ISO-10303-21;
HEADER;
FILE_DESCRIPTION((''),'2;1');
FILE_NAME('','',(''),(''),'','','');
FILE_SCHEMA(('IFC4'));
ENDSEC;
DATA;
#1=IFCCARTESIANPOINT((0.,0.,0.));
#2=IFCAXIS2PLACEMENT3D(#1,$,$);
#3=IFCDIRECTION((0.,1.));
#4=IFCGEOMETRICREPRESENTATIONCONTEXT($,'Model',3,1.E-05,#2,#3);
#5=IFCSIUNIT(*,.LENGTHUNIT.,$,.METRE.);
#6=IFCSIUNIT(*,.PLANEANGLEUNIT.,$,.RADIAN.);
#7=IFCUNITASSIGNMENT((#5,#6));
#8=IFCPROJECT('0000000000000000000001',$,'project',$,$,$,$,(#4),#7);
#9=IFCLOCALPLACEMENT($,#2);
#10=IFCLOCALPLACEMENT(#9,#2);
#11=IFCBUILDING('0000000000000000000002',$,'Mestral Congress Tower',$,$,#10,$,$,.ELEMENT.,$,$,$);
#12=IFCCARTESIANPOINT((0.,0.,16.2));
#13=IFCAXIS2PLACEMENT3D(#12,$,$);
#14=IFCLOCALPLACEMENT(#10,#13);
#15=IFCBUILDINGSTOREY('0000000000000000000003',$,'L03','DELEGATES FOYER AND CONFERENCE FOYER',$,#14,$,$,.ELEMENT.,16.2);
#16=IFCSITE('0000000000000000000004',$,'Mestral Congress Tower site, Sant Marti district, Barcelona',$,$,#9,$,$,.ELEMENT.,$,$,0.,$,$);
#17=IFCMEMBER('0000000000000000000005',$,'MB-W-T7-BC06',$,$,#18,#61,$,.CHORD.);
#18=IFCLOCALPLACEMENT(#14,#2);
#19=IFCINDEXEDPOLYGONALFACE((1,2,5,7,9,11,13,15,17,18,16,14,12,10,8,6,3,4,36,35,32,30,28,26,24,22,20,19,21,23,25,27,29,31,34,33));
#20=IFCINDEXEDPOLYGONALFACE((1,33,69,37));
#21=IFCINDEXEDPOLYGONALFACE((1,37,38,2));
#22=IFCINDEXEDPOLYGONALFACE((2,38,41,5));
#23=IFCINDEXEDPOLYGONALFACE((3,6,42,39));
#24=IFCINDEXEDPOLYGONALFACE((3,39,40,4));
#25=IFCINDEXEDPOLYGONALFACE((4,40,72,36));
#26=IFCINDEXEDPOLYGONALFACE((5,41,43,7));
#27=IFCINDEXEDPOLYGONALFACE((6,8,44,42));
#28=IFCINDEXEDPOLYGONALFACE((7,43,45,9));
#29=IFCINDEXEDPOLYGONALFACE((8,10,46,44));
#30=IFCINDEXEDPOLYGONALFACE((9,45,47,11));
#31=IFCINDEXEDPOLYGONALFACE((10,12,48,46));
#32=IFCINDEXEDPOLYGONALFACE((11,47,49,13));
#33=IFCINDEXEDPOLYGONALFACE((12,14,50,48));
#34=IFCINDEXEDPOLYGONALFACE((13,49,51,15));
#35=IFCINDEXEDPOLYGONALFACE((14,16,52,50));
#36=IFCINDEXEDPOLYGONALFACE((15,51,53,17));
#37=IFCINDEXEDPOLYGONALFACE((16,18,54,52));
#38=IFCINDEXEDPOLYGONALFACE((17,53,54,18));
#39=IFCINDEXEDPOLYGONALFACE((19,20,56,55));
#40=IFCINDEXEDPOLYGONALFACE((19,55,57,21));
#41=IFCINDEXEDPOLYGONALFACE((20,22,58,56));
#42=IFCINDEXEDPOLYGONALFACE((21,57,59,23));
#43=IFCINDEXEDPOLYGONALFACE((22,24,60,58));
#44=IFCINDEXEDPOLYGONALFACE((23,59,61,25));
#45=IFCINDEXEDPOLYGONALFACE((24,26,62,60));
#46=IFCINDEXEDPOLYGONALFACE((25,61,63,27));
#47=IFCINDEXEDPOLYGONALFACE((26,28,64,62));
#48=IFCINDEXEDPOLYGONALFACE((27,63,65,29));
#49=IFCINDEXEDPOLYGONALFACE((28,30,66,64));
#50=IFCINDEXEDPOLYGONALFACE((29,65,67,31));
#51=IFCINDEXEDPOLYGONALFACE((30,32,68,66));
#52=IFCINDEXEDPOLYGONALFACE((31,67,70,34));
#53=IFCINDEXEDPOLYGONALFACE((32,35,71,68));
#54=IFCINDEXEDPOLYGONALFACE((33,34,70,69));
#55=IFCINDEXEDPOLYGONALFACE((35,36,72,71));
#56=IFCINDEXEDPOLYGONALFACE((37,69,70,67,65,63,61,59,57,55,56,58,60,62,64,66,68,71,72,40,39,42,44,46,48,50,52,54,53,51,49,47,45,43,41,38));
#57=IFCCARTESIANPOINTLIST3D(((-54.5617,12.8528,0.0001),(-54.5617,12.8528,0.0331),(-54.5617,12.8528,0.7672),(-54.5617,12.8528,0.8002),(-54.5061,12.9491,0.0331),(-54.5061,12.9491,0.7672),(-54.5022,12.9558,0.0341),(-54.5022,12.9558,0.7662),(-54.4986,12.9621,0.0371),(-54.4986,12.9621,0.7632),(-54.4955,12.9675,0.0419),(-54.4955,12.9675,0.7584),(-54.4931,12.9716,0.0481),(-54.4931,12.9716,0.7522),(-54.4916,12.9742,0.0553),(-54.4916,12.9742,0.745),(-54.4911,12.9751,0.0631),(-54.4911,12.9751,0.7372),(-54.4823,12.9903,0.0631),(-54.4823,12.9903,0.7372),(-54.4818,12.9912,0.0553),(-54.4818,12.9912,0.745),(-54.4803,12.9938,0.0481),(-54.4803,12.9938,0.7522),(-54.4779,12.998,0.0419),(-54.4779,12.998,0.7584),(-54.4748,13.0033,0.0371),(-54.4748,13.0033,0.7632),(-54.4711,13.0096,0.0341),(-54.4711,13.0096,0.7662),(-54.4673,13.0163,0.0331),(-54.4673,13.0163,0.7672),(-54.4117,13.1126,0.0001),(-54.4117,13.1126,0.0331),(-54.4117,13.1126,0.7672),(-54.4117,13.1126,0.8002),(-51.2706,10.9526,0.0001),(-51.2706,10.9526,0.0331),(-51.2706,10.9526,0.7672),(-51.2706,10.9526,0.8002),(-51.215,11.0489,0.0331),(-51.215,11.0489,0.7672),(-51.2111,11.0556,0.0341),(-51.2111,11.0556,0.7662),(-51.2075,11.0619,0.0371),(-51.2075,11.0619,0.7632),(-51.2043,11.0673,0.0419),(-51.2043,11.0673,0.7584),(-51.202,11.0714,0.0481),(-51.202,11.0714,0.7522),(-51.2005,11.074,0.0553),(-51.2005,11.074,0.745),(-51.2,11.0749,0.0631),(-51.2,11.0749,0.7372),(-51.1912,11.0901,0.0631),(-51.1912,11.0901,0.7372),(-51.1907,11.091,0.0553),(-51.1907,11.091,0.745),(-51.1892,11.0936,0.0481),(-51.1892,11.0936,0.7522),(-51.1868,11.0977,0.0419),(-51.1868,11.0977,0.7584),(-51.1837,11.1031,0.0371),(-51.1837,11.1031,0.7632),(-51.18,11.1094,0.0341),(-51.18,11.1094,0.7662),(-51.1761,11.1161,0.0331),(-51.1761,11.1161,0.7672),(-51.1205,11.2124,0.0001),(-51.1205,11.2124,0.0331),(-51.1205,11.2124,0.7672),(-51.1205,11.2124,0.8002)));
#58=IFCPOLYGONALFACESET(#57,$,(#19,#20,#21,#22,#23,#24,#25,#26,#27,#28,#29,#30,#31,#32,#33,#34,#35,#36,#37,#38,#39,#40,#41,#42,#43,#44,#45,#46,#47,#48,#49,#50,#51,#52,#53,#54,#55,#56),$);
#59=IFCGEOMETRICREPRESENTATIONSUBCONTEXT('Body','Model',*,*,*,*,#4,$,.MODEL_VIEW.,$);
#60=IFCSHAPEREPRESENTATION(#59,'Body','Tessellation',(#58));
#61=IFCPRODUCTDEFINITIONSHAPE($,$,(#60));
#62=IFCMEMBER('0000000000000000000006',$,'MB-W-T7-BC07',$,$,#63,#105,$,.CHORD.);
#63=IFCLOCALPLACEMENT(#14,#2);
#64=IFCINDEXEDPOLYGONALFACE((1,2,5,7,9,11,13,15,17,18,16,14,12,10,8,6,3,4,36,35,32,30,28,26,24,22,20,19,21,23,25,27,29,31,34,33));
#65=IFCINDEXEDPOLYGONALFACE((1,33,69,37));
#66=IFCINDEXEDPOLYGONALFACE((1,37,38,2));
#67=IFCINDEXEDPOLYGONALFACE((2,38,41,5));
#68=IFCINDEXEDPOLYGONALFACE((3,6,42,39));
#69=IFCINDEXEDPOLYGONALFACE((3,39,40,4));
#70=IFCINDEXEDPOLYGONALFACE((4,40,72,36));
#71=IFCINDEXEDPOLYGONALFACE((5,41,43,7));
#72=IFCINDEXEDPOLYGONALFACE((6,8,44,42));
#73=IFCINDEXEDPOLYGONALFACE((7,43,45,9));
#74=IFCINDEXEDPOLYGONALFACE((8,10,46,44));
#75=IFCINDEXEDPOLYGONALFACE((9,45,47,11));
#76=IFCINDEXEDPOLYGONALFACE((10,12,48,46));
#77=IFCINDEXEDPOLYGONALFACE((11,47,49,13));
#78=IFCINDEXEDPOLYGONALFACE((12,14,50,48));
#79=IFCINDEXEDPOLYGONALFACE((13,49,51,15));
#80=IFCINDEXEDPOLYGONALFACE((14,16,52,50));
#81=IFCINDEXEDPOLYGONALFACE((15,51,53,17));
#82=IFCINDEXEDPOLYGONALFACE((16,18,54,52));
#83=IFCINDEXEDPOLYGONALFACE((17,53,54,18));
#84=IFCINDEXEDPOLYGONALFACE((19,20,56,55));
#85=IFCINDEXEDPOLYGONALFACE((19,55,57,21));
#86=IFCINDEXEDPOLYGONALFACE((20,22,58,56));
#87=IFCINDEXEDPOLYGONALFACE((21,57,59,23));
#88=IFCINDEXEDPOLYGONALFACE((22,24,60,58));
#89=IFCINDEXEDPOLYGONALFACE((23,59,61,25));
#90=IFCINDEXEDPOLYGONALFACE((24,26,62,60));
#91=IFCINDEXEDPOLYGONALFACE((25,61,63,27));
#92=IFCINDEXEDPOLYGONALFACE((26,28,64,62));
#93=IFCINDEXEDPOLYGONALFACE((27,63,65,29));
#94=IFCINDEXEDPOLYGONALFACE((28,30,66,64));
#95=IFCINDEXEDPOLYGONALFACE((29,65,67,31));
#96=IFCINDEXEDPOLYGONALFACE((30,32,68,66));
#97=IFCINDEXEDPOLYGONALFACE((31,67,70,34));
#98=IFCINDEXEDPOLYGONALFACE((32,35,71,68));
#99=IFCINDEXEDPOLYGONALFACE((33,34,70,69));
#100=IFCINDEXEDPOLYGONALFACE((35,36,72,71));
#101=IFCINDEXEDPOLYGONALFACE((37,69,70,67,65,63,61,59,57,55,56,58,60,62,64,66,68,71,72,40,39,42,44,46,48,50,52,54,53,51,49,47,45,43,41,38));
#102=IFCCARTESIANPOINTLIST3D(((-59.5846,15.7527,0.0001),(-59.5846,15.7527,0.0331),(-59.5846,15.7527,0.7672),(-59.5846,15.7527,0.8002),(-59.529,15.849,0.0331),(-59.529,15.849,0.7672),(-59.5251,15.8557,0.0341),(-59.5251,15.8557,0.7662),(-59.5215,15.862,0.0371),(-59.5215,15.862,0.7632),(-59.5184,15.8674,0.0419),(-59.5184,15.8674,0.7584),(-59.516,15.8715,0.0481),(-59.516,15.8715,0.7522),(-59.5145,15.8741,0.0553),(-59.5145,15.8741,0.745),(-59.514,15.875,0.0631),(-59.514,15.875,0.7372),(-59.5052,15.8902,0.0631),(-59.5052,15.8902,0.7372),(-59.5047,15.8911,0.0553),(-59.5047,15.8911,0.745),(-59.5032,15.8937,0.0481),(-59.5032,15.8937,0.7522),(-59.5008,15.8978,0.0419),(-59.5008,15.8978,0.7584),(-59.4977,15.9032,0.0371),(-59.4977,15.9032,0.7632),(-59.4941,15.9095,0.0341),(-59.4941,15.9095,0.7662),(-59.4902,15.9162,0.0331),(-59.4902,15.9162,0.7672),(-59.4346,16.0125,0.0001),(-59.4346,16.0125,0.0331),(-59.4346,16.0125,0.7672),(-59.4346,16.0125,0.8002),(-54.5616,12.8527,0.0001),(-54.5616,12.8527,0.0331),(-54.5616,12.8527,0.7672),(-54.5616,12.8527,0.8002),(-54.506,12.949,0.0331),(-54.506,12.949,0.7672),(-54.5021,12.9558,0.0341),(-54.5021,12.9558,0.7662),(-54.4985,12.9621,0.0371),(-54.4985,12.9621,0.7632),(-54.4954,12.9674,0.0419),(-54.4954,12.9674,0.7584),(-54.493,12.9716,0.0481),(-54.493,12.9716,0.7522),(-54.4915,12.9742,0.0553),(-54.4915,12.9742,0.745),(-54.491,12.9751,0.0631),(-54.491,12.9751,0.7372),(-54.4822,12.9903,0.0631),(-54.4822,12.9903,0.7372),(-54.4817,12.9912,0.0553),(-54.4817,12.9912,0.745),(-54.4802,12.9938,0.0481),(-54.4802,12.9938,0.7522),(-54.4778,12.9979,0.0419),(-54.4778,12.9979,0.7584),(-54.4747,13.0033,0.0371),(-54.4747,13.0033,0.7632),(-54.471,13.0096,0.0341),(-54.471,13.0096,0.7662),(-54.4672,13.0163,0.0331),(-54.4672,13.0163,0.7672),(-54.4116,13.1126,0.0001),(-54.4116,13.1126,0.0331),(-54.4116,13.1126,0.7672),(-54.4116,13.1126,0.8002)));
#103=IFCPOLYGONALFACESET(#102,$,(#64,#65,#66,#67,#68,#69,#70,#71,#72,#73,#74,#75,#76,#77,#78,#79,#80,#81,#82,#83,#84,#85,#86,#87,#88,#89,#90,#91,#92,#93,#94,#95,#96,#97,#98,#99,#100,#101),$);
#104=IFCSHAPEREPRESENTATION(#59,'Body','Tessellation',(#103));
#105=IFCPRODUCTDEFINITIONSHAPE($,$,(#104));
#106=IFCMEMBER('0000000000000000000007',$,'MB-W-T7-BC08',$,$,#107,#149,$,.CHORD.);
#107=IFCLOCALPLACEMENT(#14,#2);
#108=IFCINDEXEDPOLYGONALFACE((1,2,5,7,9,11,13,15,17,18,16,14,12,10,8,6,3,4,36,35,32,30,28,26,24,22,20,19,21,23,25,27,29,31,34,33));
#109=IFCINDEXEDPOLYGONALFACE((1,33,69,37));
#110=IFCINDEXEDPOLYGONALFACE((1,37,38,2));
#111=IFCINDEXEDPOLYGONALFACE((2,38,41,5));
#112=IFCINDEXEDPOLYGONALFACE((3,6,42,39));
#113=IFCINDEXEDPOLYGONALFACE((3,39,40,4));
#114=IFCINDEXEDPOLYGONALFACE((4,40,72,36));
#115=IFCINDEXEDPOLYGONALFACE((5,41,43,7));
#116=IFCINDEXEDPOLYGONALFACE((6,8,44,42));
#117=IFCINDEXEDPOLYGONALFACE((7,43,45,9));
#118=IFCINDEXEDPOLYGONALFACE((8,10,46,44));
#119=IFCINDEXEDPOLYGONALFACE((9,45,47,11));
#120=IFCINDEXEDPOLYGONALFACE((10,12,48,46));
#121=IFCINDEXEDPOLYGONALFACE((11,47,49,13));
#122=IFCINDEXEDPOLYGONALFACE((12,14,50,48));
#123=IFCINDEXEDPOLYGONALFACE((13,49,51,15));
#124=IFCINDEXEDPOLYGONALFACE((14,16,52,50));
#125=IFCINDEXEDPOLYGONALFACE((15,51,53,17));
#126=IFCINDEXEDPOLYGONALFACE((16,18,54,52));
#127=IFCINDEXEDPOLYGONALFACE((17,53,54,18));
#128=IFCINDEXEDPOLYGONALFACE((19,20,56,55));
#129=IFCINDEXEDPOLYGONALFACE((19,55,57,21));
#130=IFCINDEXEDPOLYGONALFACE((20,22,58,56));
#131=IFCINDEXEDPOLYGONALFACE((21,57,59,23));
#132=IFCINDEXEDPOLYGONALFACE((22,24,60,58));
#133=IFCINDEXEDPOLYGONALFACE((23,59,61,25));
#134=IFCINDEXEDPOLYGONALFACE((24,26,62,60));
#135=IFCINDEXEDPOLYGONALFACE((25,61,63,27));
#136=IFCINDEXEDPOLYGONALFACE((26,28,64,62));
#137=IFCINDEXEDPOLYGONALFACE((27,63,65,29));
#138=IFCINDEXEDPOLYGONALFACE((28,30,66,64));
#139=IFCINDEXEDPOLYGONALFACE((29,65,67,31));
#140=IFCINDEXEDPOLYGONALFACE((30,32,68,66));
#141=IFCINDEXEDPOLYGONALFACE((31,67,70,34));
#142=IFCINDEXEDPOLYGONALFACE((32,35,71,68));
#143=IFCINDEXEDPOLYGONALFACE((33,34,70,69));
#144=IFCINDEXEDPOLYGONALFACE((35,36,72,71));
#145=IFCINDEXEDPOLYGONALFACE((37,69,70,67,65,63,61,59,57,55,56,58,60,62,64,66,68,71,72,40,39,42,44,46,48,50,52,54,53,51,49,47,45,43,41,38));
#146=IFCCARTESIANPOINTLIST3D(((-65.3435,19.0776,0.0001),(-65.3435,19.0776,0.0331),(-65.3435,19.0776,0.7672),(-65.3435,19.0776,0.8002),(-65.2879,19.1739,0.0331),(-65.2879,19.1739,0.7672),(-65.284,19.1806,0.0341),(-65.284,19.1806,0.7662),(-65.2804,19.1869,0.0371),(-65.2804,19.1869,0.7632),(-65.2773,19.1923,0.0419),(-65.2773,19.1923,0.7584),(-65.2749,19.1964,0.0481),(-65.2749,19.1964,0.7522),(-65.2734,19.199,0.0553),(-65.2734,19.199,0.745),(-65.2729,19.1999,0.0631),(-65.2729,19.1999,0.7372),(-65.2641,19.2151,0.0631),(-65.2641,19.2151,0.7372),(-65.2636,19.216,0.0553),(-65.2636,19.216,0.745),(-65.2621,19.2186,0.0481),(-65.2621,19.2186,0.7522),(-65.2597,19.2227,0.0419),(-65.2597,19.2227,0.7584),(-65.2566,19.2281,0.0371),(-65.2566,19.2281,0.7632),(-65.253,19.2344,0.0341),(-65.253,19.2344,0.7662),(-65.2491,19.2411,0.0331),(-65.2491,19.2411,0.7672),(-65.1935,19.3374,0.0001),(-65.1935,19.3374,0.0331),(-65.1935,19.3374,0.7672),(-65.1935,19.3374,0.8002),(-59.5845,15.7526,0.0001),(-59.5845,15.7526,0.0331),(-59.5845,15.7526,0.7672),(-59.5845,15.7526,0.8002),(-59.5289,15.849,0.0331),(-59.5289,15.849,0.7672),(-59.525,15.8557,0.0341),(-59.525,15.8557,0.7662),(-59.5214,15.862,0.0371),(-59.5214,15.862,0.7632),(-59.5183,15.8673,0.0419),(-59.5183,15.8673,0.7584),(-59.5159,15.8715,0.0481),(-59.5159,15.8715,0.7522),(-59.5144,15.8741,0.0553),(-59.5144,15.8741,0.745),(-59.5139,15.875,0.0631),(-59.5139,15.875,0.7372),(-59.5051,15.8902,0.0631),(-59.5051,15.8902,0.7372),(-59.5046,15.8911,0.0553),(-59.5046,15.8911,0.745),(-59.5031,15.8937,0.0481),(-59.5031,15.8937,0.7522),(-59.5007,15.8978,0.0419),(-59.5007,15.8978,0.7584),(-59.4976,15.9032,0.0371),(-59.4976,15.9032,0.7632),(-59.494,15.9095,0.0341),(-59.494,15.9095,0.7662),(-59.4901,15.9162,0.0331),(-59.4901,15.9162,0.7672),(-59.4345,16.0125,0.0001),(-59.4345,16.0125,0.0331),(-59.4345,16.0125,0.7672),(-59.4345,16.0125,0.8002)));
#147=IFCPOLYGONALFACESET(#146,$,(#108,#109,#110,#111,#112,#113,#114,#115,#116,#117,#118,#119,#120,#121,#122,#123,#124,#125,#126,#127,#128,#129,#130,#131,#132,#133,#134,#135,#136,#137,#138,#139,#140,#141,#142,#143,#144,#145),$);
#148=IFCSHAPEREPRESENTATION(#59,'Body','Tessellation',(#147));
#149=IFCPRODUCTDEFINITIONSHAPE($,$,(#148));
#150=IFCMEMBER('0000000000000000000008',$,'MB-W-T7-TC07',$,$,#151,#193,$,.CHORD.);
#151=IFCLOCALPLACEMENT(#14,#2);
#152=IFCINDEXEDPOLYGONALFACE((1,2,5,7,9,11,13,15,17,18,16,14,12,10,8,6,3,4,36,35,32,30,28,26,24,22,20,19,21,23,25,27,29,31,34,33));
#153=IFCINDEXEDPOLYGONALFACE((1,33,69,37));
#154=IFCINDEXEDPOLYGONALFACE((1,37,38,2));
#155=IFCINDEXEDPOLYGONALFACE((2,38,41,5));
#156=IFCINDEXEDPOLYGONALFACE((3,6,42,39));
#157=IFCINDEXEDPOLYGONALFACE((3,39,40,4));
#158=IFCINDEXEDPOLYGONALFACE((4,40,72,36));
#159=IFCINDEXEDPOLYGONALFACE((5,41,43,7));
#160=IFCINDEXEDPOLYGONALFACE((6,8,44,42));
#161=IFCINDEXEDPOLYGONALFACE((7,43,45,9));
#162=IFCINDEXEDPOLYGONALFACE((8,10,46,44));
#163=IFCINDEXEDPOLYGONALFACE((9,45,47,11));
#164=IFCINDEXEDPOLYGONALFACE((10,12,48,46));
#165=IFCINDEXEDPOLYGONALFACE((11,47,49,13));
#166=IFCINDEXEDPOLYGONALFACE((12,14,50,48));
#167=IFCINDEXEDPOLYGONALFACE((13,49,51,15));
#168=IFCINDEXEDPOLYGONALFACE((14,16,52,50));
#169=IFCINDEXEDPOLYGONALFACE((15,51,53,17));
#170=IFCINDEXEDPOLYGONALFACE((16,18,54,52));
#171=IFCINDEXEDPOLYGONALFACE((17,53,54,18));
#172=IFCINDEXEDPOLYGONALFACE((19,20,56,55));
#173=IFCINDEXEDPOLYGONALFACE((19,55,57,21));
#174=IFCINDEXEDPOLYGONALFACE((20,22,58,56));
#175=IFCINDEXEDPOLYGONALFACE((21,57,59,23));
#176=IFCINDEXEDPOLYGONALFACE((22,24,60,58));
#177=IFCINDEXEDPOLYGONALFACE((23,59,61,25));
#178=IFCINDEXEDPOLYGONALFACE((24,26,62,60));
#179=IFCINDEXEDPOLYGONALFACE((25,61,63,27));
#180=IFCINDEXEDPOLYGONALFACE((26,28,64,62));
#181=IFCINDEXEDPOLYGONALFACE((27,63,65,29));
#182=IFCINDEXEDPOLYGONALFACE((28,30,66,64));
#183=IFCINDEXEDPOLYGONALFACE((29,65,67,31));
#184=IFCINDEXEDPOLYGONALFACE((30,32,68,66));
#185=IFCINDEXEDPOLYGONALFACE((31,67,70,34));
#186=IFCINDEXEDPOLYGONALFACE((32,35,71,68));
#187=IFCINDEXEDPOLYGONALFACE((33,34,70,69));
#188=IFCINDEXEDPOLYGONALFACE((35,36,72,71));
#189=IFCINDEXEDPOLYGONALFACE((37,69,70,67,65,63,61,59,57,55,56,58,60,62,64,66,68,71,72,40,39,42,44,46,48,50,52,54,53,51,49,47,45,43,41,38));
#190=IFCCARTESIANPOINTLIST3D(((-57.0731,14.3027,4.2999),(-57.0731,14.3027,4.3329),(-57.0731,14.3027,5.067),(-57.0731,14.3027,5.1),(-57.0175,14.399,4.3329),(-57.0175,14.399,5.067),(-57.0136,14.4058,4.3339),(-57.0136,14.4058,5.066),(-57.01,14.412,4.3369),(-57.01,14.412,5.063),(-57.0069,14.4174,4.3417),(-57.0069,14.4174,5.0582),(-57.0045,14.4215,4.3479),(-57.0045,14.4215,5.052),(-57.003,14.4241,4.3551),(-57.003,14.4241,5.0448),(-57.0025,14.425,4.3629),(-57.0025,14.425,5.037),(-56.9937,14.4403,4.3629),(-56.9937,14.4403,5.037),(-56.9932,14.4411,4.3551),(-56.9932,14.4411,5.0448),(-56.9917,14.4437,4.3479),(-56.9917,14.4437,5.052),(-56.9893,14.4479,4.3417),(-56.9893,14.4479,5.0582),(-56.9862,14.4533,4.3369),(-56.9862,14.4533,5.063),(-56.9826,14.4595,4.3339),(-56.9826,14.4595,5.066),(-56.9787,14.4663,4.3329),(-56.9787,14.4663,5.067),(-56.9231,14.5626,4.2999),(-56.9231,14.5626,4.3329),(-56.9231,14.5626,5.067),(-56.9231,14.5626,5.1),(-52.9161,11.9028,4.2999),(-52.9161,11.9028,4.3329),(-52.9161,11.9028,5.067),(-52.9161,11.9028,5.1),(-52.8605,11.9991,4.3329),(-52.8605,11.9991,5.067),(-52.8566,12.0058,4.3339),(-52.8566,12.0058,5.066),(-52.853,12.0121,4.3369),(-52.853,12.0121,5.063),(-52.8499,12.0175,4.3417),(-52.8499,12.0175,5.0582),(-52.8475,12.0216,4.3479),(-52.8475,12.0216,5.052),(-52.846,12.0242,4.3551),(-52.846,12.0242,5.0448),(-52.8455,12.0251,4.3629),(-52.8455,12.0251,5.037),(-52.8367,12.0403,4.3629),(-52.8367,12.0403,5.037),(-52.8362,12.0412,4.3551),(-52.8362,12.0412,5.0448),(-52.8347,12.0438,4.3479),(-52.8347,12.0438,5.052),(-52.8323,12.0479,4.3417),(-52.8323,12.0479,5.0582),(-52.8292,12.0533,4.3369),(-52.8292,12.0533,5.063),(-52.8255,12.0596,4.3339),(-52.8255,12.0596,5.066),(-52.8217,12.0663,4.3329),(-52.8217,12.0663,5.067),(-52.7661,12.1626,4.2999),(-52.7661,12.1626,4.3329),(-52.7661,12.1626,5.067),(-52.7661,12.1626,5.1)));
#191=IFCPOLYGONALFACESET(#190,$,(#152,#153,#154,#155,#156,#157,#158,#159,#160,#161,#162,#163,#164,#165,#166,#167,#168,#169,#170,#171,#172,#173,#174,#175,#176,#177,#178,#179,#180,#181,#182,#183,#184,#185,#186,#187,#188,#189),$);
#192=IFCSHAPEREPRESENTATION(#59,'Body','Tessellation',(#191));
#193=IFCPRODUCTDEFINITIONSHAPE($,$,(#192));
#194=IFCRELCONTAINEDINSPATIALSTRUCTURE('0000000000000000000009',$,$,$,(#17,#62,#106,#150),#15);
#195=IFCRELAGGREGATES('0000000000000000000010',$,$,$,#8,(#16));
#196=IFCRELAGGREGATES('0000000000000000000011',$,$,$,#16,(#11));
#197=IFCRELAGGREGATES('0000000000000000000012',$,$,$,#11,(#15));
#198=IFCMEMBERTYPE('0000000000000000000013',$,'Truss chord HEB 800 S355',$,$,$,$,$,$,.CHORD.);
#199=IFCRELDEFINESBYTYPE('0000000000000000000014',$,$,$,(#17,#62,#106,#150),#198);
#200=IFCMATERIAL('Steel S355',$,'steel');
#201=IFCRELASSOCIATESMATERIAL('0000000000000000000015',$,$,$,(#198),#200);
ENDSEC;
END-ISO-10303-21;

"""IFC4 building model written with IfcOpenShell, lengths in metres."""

from ifc_helpers import new_model, si_unit, direction, frame, origin, origin_2d, place, context, subcontext, project, spatial, i_section, extrude, material, material_profile, profile_set, type_object, element, save


model = new_model("IFC4")

# Units and contexts
model_context = context("Model", 3, precision=1e-05, world=origin(), true_north=direction((0.0, 1.0)))
body_context = subcontext(model_context, "Body", "Model", "MODEL_VIEW")
ifc_project = project(units=[si_unit("LENGTHUNIT", "METRE"), si_unit("PLANEANGLEUNIT", "RADIAN")], contexts=[model_context])

# Site, building, storey
site_placement = place(None, origin())
site = spatial("IfcSite", under=ifc_project, at=site_placement, Name="Mestral Congress Tower site, Sant Marti district, Barcelona", CompositionType="ELEMENT", RefElevation=0.0)
building_placement = place(site_placement, origin())
building = spatial("IfcBuilding", under=site, at=building_placement, Name="Mestral Congress Tower", CompositionType="ELEMENT")
storey_placement = place(building_placement, frame((0.0, 0.0, 16.2)))
storey = spatial("IfcBuildingStorey", under=building, at=storey_placement, Name="L03", Description="DELEGATES FOYER AND CONFERENCE FOYER", CompositionType="ELEMENT", Elevation=16.2)

# Members
ifc_material = material(Name="Steel S355", Category="steel")
ifc_material_profile_1 = material_profile(ifc_material, i_section(OverallWidth=0.3, OverallDepth=0.8, WebThickness=0.0176, FlangeThickness=0.033, FilletRadius=0.03, at=origin_2d()), Name="HEB 800")
ifc_profile_set_1 = profile_set([ifc_material_profile_1], Name="Steel S355")
member_type_1 = type_object("IfcMemberType", Name="Truss chord HEB 800 S355", PredefinedType="CHORD", material=ifc_profile_set_1)
member_1_placement = place(storey_placement, frame((-51.1956, 11.0825, 0.4001), z_axis=(-0.866017, 0.500015, 0.0), x_axis=(-0.500015, -0.866017, 0.0)))
element("IfcMember", 1, at=member_1_placement, inside=storey, type_object=member_type_1, Name="MB-W-T7-BC06", PredefinedType="CHORD", context=body_context, shape_type="SweptSolid", body=[
    extrude(i_section(OverallWidth=0.3, OverallDepth=0.8, WebThickness=0.0176, FlangeThickness=0.033, FilletRadius=0.03, at=origin_2d()), origin(), (0.0, 0.0, 1.0), 3.8003),
])
member_2_placement = place(storey_placement, frame((-54.4866, 12.9827, 0.4001), z_axis=(-0.866033, 0.499987, 0.0), x_axis=(-0.499987, -0.866033, 0.0)))
element("IfcMember", 2, at=member_2_placement, inside=storey, type_object=member_type_1, Name="MB-W-T7-BC07", PredefinedType="CHORD", context=body_context, shape_type="SweptSolid", body=[
    extrude(i_section(OverallWidth=0.3, OverallDepth=0.8, WebThickness=0.0176, FlangeThickness=0.033, FilletRadius=0.03, at=origin_2d()), origin(), (0.0, 0.0, 1.0), 5.8),
])
member_3_placement = place(storey_placement, frame((-59.5095, 15.8826, 0.4001), z_axis=(-0.866027, 0.499997, 0.0), x_axis=(-0.499997, -0.866027, 0.0)))
element("IfcMember", 3, at=member_3_placement, inside=storey, type_object=member_type_1, Name="MB-W-T7-BC08", PredefinedType="CHORD", context=body_context, shape_type="SweptSolid", body=[
    extrude(i_section(OverallWidth=0.3, OverallDepth=0.8, WebThickness=0.0176, FlangeThickness=0.033, FilletRadius=0.03, at=origin_2d()), origin(), (0.0, 0.0, 1.0), 6.6499),
])
member_4_placement = place(storey_placement, frame((-52.8411, 12.0327, 4.7), z_axis=(-0.866037, 0.499979, 0.0), x_axis=(-0.499979, -0.866037, 0.0)))
element("IfcMember", 4, at=member_4_placement, inside=storey, type_object=member_type_1, Name="MB-W-T7-TC07", PredefinedType="CHORD", context=body_context, shape_type="SweptSolid", body=[
    extrude(i_section(OverallWidth=0.3, OverallDepth=0.8, WebThickness=0.0176, FlangeThickness=0.033, FilletRadius=0.03, at=origin_2d()), origin(), (0.0, 0.0, 1.0), 4.8),
])

save(model, "model.ifc")
